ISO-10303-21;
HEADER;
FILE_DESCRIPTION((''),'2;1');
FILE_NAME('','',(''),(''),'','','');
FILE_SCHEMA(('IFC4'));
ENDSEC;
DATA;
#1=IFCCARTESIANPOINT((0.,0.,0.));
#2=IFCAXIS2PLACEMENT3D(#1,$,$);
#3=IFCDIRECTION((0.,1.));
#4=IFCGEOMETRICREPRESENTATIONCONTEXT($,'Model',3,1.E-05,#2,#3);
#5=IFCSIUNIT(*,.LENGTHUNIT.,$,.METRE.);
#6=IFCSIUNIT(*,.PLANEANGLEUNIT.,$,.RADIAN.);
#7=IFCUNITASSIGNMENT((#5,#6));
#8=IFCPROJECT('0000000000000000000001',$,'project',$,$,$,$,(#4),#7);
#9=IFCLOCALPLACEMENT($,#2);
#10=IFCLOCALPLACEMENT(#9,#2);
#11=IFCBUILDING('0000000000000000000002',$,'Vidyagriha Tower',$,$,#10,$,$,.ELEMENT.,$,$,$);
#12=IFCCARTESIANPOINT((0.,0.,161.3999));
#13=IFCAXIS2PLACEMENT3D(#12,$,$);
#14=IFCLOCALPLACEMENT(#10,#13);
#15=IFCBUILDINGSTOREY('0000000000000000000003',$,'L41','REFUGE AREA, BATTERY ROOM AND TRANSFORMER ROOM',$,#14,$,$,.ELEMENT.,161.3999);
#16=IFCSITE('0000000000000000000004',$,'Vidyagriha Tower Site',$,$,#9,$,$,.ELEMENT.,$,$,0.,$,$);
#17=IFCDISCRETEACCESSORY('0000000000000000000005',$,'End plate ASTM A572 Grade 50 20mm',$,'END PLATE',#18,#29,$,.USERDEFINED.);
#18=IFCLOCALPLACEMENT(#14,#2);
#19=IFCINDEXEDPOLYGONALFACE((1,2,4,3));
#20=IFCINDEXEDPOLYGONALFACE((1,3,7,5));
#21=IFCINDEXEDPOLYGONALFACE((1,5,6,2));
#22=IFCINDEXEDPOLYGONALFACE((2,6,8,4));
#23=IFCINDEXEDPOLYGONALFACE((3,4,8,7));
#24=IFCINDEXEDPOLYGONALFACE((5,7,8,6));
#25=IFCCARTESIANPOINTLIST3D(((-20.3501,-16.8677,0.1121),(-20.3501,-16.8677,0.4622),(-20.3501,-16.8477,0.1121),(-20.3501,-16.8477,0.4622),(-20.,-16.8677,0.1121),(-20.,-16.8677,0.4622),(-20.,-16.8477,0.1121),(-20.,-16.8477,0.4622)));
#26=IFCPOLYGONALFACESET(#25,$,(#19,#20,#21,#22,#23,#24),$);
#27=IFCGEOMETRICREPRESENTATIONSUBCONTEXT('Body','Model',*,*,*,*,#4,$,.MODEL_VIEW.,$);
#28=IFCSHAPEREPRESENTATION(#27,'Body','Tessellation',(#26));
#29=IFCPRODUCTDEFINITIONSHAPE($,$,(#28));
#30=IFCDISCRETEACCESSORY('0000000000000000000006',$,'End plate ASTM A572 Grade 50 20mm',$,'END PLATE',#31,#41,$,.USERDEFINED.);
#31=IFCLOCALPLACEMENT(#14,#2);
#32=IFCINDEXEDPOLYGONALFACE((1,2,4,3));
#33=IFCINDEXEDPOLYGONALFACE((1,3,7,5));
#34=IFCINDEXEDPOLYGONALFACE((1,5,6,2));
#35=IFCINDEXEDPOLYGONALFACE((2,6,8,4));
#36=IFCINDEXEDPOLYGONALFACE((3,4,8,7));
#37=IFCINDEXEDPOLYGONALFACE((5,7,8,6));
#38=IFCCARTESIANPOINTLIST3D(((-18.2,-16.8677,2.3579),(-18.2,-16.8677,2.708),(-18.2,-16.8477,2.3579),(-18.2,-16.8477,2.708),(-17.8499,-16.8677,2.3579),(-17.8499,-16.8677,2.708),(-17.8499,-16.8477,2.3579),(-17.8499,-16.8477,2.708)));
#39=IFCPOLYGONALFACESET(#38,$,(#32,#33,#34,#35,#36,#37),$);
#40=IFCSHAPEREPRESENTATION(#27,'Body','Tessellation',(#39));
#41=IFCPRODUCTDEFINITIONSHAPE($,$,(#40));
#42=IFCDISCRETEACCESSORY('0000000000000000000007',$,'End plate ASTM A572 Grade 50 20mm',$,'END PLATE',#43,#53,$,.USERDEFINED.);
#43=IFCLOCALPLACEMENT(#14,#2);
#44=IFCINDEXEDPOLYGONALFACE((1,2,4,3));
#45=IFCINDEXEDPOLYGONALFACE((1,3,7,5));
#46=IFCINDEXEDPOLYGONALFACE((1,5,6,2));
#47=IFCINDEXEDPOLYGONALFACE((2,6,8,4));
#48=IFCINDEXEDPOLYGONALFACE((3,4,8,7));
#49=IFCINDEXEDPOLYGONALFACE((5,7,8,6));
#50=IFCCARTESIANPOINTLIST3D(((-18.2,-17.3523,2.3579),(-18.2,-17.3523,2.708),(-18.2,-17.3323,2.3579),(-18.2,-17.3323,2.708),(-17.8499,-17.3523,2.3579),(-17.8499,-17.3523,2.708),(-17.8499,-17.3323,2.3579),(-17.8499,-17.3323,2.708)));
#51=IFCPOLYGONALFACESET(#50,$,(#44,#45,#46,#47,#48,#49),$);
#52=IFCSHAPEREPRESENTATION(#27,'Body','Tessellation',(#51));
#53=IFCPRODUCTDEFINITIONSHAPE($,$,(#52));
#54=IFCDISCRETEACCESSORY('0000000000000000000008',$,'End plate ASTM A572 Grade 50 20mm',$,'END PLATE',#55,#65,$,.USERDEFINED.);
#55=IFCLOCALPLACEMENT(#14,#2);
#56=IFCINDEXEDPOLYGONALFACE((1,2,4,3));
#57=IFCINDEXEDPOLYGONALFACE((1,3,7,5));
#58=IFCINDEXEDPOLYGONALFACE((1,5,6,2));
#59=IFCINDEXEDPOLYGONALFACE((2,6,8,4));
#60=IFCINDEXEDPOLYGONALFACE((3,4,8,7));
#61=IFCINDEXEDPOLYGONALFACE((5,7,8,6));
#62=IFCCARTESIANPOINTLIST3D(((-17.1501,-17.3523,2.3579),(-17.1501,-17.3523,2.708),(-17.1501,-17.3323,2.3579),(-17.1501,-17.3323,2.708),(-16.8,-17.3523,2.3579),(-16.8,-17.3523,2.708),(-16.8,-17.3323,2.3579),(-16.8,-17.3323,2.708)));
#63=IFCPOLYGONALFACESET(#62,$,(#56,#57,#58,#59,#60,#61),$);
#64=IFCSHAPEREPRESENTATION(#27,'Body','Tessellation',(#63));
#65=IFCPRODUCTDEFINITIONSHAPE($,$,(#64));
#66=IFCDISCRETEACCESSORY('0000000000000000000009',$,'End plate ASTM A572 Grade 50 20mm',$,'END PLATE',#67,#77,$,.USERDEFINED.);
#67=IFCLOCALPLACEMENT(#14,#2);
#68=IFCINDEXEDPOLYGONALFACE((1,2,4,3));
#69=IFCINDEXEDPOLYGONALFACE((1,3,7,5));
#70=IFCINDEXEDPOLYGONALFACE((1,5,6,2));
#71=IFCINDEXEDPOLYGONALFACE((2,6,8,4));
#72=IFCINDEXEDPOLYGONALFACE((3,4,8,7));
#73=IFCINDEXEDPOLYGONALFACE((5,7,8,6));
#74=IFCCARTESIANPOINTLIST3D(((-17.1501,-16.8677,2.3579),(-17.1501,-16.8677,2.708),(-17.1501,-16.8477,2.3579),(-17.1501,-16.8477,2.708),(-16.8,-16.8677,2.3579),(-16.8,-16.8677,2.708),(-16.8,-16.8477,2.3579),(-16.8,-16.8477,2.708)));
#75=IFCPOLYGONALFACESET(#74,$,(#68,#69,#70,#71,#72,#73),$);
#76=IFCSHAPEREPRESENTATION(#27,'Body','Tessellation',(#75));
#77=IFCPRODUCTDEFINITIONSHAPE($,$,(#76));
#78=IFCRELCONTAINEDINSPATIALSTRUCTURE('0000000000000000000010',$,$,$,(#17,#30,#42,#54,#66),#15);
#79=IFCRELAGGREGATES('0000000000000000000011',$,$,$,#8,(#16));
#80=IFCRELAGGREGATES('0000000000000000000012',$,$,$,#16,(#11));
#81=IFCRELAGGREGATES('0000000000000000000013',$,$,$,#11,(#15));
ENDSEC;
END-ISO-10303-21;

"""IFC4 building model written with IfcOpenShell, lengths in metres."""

from ifc_helpers import new_model, si_unit, direction, frame, origin, origin_2d, place, context, subcontext, project, spatial, rectangle, extrude, element, save


model = new_model("IFC4")

# Units and contexts
model_context = context("Model", 3, precision=1e-05, world=origin(), true_north=direction((0.0, 1.0)))
body_context = subcontext(model_context, "Body", "Model", "MODEL_VIEW")
ifc_project = project(units=[si_unit("LENGTHUNIT", "METRE"), si_unit("PLANEANGLEUNIT", "RADIAN")], contexts=[model_context])

# Site, building, storey
site_placement = place(None, origin())
site = spatial("IfcSite", under=ifc_project, at=site_placement, Name="Vidyagriha Tower Site", CompositionType="ELEMENT", RefElevation=0.0)
building_placement = place(site_placement, origin())
building = spatial("IfcBuilding", under=site, at=building_placement, Name="Vidyagriha Tower", CompositionType="ELEMENT")
storey_placement = place(building_placement, frame((0.0, 0.0, 161.3999)))
storey = spatial("IfcBuildingStorey", under=building, at=storey_placement, Name="L41", Description="REFUGE AREA, BATTERY ROOM AND TRANSFORMER ROOM", CompositionType="ELEMENT", Elevation=161.3999)

# Discrete accessories
for number, where, z_axis, x_axis, name in (
    (1, (-20.175, -16.8577, 0.1121), (0.0, 0.0, 1.0), (-1.0, 0.0, 0.0), "End plate ASTM A572 Grade 50 20mm"),
):
    element("IfcDiscreteAccessory", number, at=place(storey_placement, frame(where, z_axis=z_axis, x_axis=x_axis)), inside=storey, Name=name, ObjectType="END PLATE", PredefinedType="USERDEFINED", context=body_context, shape_type="SweptSolid", body=[
        extrude(rectangle(XDim=0.3501, YDim=0.02, at=origin_2d()), origin(), (0.0, 0.0, 1.0), 0.3501),
    ])
for number, where, name in (
    (2, (-18.0249, -16.8577, 2.3579), "End plate ASTM A572 Grade 50 20mm"),
    (3, (-18.0249, -17.3423, 2.3579), "End plate ASTM A572 Grade 50 20mm"),
):
    element("IfcDiscreteAccessory", number, at=place(storey_placement, frame(where)), inside=storey, Name=name, ObjectType="END PLATE", PredefinedType="USERDEFINED", context=body_context, shape_type="SweptSolid", body=[
        extrude(rectangle(XDim=0.3501, YDim=0.02, at=origin_2d()), origin(), (0.0, 0.0, 1.0), 0.3501),
    ])
for number, where, z_axis, x_axis, name in (
    (4, (-16.9751, -17.3423, 2.3579), (0.0, 0.0, 1.0), (-1.0, 0.0, 0.0), "End plate ASTM A572 Grade 50 20mm"),
    (5, (-16.9751, -16.8577, 2.3579), (0.0, 0.0, 1.0), (-1.0, 0.0, 0.0), "End plate ASTM A572 Grade 50 20mm"),
):
    element("IfcDiscreteAccessory", number, at=place(storey_placement, frame(where, z_axis=z_axis, x_axis=x_axis)), inside=storey, Name=name, ObjectType="END PLATE", PredefinedType="USERDEFINED", context=body_context, shape_type="SweptSolid", body=[
        extrude(rectangle(XDim=0.3501, YDim=0.02, at=origin_2d()), origin(), (0.0, 0.0, 1.0), 0.3501),
    ])

save(model, "model.ifc")
